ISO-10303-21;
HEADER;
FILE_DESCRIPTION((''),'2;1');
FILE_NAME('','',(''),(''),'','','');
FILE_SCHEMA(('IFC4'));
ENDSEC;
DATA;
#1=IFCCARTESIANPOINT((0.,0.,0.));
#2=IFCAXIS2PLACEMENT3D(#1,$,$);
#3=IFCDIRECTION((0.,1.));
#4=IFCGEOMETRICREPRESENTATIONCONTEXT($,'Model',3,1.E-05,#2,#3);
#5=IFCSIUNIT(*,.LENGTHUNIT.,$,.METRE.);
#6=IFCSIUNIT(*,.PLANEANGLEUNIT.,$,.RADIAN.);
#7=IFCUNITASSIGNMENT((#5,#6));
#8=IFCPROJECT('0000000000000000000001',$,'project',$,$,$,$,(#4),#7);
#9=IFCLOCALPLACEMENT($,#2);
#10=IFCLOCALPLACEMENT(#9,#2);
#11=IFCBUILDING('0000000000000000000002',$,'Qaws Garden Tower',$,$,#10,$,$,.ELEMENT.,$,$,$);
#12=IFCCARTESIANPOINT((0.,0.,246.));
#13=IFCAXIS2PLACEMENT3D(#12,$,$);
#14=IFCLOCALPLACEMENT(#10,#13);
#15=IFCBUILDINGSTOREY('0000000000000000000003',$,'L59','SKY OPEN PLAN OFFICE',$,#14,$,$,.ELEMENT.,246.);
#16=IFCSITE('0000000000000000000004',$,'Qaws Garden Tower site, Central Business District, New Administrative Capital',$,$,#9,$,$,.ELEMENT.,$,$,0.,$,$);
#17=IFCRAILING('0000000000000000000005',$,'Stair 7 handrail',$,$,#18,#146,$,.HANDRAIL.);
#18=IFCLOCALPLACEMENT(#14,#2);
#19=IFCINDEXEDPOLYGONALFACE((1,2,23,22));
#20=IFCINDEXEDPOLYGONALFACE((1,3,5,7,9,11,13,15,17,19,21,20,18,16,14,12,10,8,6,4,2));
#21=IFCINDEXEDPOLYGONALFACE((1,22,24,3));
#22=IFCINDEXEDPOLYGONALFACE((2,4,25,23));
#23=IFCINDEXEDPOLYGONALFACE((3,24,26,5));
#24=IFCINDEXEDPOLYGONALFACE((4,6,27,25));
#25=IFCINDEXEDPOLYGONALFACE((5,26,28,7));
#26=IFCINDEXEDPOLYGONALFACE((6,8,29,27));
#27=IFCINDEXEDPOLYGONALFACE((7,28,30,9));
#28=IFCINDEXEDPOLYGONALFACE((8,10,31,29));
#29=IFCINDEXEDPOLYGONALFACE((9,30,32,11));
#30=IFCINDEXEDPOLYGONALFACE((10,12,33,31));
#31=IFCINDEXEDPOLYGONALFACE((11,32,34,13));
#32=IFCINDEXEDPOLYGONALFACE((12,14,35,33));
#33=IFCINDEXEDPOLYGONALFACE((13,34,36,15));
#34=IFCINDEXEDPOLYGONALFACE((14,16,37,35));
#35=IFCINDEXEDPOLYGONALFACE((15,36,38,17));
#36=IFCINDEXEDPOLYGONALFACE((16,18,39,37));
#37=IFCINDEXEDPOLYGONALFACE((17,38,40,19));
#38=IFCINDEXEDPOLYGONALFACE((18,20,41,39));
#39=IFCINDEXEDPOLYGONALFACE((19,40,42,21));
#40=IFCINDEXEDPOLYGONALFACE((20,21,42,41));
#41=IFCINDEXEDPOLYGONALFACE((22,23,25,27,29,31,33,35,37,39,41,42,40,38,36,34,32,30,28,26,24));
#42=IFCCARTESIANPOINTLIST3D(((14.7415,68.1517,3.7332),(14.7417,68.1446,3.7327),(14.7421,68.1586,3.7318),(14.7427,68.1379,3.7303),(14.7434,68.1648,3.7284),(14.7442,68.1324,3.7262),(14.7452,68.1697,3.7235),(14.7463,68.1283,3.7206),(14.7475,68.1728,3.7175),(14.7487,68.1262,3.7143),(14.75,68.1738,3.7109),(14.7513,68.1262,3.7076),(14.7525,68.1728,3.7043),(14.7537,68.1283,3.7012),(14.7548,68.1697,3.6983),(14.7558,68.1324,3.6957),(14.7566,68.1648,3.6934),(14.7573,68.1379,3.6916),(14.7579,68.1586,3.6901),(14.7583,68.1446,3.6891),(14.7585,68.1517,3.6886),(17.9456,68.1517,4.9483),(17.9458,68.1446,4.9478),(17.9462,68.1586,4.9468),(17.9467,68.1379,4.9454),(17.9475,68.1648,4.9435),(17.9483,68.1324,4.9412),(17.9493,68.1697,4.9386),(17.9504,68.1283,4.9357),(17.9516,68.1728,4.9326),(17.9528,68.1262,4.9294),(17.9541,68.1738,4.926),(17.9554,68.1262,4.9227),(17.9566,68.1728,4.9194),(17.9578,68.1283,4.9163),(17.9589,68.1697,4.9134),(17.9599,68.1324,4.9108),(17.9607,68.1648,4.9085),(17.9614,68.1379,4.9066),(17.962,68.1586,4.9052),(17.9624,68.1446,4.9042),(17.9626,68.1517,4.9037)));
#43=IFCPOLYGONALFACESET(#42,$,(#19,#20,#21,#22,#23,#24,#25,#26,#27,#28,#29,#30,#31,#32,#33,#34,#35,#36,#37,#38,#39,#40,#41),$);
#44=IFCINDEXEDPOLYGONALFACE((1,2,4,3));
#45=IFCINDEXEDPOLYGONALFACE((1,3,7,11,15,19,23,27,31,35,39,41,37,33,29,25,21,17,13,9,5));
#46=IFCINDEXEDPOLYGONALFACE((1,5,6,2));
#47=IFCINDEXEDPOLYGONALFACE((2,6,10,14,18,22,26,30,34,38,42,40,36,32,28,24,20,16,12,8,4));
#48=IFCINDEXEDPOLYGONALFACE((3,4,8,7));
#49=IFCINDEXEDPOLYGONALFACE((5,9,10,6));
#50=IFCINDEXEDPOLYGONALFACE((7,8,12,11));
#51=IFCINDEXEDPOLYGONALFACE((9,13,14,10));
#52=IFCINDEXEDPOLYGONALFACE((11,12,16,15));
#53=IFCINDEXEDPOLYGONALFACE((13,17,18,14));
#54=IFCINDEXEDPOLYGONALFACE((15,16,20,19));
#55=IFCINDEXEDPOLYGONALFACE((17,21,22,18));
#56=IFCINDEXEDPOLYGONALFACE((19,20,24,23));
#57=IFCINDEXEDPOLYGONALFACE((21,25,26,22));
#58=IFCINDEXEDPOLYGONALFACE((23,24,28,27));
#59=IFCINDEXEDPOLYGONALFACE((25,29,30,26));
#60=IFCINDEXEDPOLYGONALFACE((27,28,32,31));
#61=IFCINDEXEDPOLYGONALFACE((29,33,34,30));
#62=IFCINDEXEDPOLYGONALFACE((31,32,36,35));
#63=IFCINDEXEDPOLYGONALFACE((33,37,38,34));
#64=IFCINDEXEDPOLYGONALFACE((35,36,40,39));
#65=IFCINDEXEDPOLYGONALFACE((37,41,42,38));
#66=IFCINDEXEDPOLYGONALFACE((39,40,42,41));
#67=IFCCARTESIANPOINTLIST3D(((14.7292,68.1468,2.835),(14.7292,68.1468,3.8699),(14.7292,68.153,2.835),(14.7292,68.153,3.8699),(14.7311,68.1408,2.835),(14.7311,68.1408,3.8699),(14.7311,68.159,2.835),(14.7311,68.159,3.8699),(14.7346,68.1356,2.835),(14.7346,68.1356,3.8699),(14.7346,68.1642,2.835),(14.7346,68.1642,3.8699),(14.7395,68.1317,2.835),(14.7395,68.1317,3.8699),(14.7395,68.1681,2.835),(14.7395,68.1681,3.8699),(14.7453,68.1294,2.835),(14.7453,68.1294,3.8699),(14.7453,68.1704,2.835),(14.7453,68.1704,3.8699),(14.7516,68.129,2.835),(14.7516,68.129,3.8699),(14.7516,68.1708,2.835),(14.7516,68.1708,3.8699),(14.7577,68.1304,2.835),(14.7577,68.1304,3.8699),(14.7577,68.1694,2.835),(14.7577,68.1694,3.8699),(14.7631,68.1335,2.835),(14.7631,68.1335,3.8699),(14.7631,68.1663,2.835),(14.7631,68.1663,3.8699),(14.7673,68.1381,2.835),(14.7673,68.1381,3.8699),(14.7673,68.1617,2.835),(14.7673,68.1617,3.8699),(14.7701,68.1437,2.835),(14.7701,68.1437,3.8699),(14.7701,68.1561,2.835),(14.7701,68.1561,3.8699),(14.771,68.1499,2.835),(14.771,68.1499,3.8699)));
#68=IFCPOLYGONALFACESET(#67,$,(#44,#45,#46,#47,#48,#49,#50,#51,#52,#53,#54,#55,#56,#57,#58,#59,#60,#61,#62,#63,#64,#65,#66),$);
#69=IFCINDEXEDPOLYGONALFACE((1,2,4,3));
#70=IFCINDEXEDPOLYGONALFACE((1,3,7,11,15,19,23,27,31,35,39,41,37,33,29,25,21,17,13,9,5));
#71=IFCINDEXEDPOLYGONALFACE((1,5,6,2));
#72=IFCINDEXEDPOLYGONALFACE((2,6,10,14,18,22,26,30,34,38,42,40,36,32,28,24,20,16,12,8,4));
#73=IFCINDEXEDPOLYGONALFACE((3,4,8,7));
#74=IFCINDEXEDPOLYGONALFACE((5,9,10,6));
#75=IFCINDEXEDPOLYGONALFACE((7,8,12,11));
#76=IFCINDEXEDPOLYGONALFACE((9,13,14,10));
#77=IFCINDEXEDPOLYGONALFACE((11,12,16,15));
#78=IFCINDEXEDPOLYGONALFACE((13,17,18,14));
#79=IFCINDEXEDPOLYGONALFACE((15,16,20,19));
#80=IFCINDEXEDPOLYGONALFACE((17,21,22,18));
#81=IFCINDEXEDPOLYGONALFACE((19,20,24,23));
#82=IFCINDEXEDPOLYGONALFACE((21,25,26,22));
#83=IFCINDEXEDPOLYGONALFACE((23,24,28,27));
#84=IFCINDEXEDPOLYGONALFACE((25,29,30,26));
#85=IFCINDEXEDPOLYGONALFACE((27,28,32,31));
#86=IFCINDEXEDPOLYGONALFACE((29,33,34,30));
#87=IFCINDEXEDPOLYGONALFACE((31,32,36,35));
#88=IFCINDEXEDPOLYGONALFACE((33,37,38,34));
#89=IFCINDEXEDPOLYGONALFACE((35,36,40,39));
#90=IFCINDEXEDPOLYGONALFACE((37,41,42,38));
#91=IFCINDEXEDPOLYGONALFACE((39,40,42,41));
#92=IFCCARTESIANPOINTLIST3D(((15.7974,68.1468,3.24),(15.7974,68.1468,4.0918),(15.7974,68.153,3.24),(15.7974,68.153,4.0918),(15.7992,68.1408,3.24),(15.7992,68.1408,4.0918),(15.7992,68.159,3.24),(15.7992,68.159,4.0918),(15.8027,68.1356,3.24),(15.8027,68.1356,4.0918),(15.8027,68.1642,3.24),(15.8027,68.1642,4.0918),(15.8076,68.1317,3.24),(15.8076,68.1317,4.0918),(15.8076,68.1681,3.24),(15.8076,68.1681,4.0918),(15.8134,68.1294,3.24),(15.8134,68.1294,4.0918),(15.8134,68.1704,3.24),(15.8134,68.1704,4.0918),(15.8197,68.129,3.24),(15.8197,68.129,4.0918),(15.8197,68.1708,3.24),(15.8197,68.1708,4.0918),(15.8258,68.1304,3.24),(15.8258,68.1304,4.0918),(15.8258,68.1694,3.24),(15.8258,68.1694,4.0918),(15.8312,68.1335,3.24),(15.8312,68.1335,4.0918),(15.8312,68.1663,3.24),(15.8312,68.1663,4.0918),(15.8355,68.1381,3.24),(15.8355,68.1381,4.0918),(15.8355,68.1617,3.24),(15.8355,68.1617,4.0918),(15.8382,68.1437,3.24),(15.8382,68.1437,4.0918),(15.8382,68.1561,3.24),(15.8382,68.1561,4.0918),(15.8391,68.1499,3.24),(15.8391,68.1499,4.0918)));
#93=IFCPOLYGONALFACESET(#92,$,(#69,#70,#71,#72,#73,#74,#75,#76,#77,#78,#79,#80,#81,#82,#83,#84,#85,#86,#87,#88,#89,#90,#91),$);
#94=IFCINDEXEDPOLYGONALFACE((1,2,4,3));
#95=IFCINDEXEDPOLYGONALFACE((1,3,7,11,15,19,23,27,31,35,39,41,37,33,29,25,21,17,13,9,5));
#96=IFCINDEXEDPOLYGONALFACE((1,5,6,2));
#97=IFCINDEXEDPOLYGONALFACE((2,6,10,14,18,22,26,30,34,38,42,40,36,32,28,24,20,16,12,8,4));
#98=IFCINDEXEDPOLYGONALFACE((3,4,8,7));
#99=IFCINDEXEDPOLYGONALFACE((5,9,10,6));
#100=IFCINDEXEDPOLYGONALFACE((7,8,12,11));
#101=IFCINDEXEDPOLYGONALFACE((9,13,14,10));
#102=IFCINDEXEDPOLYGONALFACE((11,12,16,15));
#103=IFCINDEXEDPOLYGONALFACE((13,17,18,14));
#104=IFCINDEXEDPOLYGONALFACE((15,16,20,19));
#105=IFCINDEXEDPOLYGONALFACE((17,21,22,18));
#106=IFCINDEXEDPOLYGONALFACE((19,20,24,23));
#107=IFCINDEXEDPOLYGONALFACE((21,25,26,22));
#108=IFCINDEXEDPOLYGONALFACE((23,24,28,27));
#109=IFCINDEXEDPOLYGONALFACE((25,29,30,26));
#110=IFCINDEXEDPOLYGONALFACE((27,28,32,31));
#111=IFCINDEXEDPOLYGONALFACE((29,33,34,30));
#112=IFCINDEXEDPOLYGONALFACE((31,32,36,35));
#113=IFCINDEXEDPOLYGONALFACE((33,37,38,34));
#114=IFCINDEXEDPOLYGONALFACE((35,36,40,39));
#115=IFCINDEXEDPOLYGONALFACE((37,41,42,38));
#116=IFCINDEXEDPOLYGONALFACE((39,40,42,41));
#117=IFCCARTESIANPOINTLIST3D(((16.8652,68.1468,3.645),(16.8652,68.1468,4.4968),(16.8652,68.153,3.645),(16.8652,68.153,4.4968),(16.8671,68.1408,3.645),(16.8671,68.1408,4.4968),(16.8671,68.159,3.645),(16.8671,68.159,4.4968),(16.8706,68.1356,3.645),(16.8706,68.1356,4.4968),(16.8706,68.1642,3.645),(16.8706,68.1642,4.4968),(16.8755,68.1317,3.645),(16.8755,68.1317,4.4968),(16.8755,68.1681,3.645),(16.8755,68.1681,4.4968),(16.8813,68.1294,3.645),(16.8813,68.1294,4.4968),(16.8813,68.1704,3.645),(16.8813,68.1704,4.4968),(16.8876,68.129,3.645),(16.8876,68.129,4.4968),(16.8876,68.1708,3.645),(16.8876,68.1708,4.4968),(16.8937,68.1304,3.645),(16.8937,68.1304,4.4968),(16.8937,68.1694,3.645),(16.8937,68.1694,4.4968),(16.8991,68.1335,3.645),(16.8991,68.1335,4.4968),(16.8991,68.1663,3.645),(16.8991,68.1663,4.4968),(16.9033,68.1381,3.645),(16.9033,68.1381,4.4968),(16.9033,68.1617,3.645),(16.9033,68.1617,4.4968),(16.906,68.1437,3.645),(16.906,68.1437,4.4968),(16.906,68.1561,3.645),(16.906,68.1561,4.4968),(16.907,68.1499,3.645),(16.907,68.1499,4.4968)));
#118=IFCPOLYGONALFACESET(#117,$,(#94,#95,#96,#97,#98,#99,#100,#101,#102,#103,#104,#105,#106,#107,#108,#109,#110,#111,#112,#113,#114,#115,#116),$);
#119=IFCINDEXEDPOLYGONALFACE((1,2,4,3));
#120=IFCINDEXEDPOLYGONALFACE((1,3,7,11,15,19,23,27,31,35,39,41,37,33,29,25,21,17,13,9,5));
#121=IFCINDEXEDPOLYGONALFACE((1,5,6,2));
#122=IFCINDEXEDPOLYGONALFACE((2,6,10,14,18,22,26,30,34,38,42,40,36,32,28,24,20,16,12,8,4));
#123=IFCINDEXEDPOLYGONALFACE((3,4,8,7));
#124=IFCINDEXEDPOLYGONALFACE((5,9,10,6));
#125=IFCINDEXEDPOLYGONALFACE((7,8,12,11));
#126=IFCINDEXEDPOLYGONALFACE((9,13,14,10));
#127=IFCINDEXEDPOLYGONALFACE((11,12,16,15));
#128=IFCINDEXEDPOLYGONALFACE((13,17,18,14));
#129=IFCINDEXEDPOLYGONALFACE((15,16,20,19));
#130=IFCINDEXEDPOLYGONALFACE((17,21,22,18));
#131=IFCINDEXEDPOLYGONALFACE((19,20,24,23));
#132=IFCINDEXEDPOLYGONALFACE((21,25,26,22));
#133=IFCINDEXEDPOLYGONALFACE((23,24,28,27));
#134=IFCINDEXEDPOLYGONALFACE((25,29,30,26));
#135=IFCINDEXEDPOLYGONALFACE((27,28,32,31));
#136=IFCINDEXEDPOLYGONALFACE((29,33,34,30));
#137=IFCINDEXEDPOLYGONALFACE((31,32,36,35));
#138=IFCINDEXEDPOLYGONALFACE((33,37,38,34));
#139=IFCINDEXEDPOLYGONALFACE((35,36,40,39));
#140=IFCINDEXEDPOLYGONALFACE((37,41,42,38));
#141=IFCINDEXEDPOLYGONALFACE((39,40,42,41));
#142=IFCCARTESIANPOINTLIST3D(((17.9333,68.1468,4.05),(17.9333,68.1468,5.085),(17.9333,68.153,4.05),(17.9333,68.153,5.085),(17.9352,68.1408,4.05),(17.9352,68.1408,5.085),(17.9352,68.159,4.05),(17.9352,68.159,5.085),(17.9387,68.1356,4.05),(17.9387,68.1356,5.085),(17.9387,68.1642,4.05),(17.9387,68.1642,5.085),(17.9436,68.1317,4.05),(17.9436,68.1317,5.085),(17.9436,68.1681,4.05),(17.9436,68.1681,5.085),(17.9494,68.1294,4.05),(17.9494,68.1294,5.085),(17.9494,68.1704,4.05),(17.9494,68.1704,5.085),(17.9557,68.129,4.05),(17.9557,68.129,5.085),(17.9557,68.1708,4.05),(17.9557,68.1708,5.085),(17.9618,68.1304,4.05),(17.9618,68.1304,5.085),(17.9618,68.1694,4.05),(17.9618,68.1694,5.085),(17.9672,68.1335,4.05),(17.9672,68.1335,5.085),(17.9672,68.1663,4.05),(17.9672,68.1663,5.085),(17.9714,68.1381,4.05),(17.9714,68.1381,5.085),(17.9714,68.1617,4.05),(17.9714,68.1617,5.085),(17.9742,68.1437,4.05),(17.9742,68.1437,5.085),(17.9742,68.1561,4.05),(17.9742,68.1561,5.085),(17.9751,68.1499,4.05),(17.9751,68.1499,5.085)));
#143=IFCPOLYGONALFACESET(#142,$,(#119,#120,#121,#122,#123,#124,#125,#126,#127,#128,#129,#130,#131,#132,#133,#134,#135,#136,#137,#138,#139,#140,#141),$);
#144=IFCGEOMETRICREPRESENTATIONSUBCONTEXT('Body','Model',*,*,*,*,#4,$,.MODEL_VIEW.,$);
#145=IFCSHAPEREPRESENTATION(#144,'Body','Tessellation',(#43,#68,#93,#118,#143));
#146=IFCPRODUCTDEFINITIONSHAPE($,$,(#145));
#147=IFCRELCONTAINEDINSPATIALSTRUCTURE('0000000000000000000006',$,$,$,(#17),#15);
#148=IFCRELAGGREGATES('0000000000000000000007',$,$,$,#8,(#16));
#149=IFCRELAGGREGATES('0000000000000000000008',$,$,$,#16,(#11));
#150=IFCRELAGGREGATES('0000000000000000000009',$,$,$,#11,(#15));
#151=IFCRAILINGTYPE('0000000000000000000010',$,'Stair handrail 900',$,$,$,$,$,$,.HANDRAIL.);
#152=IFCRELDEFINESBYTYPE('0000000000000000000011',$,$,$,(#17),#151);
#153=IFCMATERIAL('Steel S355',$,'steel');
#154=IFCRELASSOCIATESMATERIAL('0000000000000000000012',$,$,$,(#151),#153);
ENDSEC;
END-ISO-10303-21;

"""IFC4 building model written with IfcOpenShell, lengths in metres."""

from ifc_helpers import new_model, si_unit, direction, frame, origin, origin_2d, place, context, subcontext, project, spatial, circle, extrude, material, type_object, element, save


model = new_model("IFC4")

# Units and contexts
model_context = context("Model", 3, precision=1e-05, world=origin(), true_north=direction((0.0, 1.0)))
body_context = subcontext(model_context, "Body", "Model", "MODEL_VIEW")
ifc_project = project(units=[si_unit("LENGTHUNIT", "METRE"), si_unit("PLANEANGLEUNIT", "RADIAN")], contexts=[model_context])

# Site, building, storey
site_placement = place(None, origin())
site = spatial("IfcSite", under=ifc_project, at=site_placement, Name="Qaws Garden Tower site, Central Business District, New Administrative Capital", CompositionType="ELEMENT", RefElevation=0.0)
building_placement = place(site_placement, origin())
building = spatial("IfcBuilding", under=site, at=building_placement, Name="Qaws Garden Tower", CompositionType="ELEMENT")
storey_placement = place(building_placement, frame((0.0, 0.0, 246.0)))
storey = spatial("IfcBuildingStorey", under=building, at=storey_placement, Name="L59", Description="SKY OPEN PLAN OFFICE", CompositionType="ELEMENT", Elevation=246.0)

# Railing
ifc_material_1 = material(Name="Steel S355", Category="steel")
railing_type = type_object("IfcRailingType", Name="Stair handrail 900", PredefinedType="HANDRAIL", material=ifc_material_1)
railing_1_placement = place(storey_placement, frame((14.75, 68.1499, 2.835)))
element("IfcRailing", 1, at=railing_1_placement, inside=storey, type_object=railing_type, Name="Stair 7 handrail", PredefinedType="HANDRAIL", context=body_context, shape_type="SweptSolid", body=[
    extrude(circle(Radius=0.0239, at=origin_2d()), frame((0.0, 0.0, 0.876), z_axis=(0.935023, 0.0, 0.354588), x_axis=(0.0, 1.0, 0.0)), (0.0, 0.0, 1.0), 3.4268),
    extrude(circle(Radius=0.021, at=origin_2d()), origin(), (0.0, 0.0, 1.0), 1.0349),
    extrude(circle(Radius=0.021, at=origin_2d()), frame((1.0681, 0.0, 0.405)), (0.0, 0.0, 1.0), 0.8518),
    extrude(circle(Radius=0.021, at=origin_2d()), frame((2.136, 0.0, 0.8101)), (0.0, 0.0, 1.0), 0.8518),
    extrude(circle(Radius=0.021, at=origin_2d()), frame((3.2041, 0.0, 1.2151)), (0.0, 0.0, 1.0), 1.0349),
])

save(model, "model.ifc")
